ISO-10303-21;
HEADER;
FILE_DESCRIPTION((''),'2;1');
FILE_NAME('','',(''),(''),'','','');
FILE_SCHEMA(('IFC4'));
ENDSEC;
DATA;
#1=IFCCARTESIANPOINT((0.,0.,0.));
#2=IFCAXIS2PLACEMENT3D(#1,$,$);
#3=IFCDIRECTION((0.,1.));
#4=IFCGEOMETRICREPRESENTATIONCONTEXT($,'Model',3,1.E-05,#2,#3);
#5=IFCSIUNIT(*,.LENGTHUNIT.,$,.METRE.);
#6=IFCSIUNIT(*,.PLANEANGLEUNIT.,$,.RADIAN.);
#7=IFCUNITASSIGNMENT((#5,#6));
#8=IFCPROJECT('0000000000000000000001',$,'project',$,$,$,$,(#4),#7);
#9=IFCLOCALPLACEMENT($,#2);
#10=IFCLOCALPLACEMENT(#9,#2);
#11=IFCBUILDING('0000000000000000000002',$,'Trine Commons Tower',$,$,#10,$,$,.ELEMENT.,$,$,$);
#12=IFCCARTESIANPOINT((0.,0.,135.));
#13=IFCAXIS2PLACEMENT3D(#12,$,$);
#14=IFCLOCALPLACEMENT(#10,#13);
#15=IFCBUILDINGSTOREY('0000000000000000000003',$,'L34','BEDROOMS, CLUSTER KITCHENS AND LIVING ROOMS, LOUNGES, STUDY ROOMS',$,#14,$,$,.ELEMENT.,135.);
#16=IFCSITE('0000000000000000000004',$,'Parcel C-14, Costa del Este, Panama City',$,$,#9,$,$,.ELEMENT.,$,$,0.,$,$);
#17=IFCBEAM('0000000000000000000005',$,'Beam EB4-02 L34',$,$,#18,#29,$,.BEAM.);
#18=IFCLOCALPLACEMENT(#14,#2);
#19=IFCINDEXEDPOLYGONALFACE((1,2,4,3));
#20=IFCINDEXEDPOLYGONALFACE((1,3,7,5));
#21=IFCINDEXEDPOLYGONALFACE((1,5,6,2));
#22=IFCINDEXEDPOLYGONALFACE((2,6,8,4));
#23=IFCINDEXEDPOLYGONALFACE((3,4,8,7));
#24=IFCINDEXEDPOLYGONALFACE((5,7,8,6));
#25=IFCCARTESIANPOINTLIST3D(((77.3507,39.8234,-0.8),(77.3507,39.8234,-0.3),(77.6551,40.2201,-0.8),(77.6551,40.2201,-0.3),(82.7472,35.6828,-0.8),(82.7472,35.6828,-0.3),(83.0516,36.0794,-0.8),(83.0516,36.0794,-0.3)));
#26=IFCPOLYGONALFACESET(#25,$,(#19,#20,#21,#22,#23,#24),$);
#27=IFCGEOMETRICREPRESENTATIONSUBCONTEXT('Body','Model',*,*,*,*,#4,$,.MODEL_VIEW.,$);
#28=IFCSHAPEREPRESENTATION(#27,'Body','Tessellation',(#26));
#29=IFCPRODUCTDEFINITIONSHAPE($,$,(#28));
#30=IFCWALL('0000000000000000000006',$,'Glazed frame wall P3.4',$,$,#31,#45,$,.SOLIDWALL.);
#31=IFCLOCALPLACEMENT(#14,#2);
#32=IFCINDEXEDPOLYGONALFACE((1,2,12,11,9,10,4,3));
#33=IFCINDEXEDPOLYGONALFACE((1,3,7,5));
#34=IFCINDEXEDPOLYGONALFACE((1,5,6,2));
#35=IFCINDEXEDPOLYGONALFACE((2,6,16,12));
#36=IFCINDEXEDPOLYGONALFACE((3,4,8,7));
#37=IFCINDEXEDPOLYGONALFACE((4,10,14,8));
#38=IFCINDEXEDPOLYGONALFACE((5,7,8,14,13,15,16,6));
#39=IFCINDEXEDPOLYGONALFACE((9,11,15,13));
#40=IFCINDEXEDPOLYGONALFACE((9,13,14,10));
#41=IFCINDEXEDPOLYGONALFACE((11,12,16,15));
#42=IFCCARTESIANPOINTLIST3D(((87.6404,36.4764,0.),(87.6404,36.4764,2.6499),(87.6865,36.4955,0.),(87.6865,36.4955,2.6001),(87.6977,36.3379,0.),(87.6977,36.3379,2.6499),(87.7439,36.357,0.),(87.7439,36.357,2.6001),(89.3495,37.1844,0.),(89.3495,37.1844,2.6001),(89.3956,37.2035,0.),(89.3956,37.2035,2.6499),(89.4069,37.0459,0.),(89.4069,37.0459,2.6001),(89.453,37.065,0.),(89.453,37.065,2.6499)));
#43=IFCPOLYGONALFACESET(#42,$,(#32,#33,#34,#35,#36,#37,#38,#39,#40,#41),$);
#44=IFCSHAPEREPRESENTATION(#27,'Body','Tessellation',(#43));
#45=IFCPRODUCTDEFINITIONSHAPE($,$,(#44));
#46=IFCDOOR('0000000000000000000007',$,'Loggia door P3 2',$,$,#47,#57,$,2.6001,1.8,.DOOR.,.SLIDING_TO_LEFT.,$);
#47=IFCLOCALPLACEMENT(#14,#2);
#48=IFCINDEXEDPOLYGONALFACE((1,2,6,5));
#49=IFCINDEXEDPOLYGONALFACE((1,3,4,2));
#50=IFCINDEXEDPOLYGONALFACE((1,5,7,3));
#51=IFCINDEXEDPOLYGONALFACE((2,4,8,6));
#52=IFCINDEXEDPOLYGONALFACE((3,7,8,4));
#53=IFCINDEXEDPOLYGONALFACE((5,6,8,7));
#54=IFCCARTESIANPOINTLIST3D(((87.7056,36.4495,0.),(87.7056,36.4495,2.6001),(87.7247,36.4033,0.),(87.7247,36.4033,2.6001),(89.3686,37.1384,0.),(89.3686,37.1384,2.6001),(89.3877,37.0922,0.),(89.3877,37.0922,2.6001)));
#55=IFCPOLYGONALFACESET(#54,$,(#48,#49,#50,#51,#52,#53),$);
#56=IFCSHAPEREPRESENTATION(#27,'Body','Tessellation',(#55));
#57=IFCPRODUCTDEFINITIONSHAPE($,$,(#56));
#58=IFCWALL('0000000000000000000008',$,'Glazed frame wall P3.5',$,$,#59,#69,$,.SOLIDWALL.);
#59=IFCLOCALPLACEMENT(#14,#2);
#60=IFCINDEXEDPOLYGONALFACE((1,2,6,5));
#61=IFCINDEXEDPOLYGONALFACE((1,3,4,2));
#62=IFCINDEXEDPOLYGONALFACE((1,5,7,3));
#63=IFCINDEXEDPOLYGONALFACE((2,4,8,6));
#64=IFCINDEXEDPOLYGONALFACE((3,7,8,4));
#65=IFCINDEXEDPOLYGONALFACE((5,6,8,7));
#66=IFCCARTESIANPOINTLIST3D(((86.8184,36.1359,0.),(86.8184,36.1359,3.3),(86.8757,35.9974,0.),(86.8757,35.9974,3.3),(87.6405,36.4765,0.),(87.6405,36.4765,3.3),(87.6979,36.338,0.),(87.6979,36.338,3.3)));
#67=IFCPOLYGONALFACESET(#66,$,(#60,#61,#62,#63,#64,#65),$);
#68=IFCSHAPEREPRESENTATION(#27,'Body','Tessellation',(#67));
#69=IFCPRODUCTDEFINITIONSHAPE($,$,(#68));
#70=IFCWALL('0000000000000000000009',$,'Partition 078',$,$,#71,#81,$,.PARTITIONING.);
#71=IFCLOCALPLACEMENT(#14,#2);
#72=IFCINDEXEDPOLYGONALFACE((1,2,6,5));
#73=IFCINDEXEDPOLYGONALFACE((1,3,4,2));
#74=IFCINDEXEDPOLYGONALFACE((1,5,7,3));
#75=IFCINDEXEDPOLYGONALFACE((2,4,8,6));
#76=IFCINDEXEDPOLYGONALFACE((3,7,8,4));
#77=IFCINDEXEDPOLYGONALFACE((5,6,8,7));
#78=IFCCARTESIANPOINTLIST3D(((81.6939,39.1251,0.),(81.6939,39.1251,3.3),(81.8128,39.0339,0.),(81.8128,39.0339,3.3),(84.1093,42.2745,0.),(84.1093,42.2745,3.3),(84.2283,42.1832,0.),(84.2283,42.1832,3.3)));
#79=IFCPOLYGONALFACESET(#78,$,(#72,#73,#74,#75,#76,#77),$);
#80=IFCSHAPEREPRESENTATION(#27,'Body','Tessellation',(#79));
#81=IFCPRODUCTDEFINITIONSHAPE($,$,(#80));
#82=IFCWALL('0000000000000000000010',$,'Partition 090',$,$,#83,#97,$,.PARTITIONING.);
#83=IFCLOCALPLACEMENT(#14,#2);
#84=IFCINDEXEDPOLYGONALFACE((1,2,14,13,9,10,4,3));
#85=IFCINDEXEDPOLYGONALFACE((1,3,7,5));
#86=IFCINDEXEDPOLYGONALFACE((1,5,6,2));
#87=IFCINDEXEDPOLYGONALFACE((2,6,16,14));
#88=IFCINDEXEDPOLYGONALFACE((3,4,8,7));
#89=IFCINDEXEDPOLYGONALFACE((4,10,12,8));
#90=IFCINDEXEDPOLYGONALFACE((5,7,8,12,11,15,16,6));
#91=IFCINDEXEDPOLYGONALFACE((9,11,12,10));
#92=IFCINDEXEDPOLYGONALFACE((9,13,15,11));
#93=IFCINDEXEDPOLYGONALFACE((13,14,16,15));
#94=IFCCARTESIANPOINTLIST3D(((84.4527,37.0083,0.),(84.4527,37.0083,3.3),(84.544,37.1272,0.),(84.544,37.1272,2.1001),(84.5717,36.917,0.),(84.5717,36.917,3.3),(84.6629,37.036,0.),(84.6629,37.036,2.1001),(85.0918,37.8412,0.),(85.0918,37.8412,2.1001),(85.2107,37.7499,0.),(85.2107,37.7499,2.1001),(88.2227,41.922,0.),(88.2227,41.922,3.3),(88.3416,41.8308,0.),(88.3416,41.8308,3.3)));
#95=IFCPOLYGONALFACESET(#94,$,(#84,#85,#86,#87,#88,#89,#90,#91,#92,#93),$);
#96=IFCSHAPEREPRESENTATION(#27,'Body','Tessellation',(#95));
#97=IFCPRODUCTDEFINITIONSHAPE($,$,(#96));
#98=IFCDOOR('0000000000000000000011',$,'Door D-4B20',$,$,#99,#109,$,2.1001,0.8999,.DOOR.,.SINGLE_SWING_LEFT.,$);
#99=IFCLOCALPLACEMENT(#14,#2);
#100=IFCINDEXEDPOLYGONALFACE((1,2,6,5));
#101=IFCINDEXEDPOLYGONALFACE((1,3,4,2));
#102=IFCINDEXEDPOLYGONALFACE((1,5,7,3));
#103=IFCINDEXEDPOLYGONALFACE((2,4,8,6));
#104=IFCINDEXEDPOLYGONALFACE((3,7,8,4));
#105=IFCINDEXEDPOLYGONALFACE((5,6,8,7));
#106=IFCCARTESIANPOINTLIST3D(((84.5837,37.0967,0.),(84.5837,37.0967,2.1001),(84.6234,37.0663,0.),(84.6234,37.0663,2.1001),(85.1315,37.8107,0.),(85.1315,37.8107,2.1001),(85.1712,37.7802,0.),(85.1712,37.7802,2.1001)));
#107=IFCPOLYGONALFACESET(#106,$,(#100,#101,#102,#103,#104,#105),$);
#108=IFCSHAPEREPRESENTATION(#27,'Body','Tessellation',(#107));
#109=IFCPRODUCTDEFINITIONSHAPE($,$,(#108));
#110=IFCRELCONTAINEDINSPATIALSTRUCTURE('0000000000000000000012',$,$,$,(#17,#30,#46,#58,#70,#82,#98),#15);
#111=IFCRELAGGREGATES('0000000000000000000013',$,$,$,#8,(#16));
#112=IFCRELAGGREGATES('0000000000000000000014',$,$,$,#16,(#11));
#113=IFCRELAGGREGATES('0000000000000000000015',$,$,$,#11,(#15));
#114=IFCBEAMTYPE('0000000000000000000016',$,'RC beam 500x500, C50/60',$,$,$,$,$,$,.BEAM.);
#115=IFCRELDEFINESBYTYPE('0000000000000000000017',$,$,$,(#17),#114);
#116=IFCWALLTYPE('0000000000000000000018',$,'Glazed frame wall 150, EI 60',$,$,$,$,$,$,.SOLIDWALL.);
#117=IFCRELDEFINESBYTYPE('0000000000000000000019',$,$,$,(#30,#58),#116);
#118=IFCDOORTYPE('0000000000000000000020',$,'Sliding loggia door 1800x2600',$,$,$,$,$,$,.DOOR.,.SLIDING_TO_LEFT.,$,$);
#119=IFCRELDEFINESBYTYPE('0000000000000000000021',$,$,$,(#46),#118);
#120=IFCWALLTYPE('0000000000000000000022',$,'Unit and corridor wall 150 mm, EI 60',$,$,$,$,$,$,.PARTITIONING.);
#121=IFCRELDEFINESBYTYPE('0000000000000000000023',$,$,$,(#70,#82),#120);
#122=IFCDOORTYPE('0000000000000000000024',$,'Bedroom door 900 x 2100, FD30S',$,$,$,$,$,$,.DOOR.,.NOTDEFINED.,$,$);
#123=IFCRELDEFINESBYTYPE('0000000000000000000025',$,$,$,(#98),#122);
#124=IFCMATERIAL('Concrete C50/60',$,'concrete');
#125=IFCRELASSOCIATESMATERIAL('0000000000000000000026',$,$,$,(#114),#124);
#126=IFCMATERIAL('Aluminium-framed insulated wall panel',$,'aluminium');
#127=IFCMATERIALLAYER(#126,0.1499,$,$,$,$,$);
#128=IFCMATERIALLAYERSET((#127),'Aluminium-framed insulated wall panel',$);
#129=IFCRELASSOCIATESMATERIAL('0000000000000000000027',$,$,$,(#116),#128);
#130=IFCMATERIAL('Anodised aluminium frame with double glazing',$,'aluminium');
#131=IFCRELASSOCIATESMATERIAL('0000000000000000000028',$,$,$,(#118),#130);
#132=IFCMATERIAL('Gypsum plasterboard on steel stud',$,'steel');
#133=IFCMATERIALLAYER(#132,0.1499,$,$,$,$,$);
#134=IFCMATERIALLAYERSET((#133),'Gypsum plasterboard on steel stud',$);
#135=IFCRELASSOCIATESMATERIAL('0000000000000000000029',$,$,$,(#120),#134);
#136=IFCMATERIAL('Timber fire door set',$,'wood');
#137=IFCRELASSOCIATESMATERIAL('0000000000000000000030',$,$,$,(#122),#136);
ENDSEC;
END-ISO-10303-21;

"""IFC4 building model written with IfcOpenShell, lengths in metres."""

from ifc_helpers import new_model, si_unit, direction, frame, frame_2d, origin, origin_2d, place, context, subcontext, project, spatial, polyline, rectangle, outline, extrude, material, layer, layer_set, material_profile, profile_set, type_object, element, fill, save


model = new_model("IFC4")

# Units and contexts
model_context = context("Model", 3, precision=1e-05, world=origin(), true_north=direction((0.0, 1.0)))
body_context = subcontext(model_context, "Body", "Model", "MODEL_VIEW")
ifc_project = project(units=[si_unit("LENGTHUNIT", "METRE"), si_unit("PLANEANGLEUNIT", "RADIAN")], contexts=[model_context])

# Site, building, storey
site_placement = place(None, origin())
site = spatial("IfcSite", under=ifc_project, at=site_placement, Name="Parcel C-14, Costa del Este, Panama City", CompositionType="ELEMENT", RefElevation=0.0)
building_placement = place(site_placement, origin())
building = spatial("IfcBuilding", under=site, at=building_placement, Name="Trine Commons Tower", CompositionType="ELEMENT")
storey_placement = place(building_placement, frame((0.0, 0.0, 135.0)))
storey = spatial("IfcBuildingStorey", under=building, at=storey_placement, Name="L34", Description="BEDROOMS, CLUSTER KITCHENS AND LIVING ROOMS, LOUNGES, STUDY ROOMS", CompositionType="ELEMENT", Elevation=135.0)

# Beam
ifc_material_1 = material(Name="Concrete C50/60", Category="concrete")
ifc_material_profile = material_profile(ifc_material_1, rectangle(XDim=0.5, YDim=0.5, at=origin_2d()), Name="RC 500x500")
ifc_profile_set = profile_set([ifc_material_profile], Name="Concrete C50/60")
beam_type = type_object("IfcBeamType", Name="RC beam 500x500, C50/60", PredefinedType="BEAM", material=ifc_profile_set)
beam_placement = place(storey_placement, frame((82.8994, 35.8811, -0.55), z_axis=(-0.793371, 0.608739, 0.0), x_axis=(-0.608739, -0.793371, 0.0)))
element("IfcBeam", 1, at=beam_placement, inside=storey, type_object=beam_type, Name="Beam EB4-02 L34", PredefinedType="BEAM", context=body_context, shape_type="SweptSolid", body=[
    extrude(rectangle(XDim=0.5, YDim=0.5, at=origin_2d()), origin(), (0.0, 0.0, 1.0), 6.802),
])

# Wall, opening, door
ifc_material_2 = material(Name="Aluminium-framed insulated wall panel", Category="aluminium")
ifc_layer_1 = layer(ifc_material_2, 0.1499)
ifc_layer_set_1 = layer_set([ifc_layer_1], Name="Aluminium-framed insulated wall panel")
wall_type_1 = type_object("IfcWallType", Name="Glazed frame wall 150, EI 60", PredefinedType="SOLIDWALL", material=ifc_layer_set_1)
wall_1_placement = place(storey_placement, frame((89.4243, 37.1343, 0.0), z_axis=(0.0, 0.0, 1.0), x_axis=(-0.92387, -0.382707, 0.0)))
wall_1 = element("IfcWall", 2, at=wall_1_placement, inside=storey, type_object=wall_type_1, Name="Glazed frame wall P3.4", PredefinedType="SOLIDWALL", context=body_context, shape_type="SweptSolid", body=[
    extrude(outline(polyline([(0.0, -0.075), (1.8999, -0.075), (1.8999, 0.075), (0.0, 0.075), (0.0, -0.075)])), origin(), (0.0, 0.0, 1.0), 2.6499),
])
opening_1_placement = place(wall_1_placement, frame((0.05, 0.0, 0.0)))
opening_1 = element("IfcOpeningElement", 3, at=opening_1_placement, cuts=wall_1, PredefinedType="OPENING", context=body_context, shape_type="SweptSolid", body=[
    extrude(rectangle(XDim=1.8, YDim=2.6001, at=frame_2d((0.8999, 1.3))), frame((0.0, 0.085, 0.0), z_axis=(0.0, -1.0, 0.0), x_axis=(1.0, 0.0, 0.0)), (0.0, 0.0, 1.0), 0.1699),
])
ifc_material_3 = material(Name="Anodised aluminium frame with double glazing", Category="aluminium")
door_type_1 = type_object("IfcDoorType", Name="Sliding loggia door 1800x2600", OperationType="SLIDING_TO_LEFT", PredefinedType="DOOR", material=ifc_material_3)
door_1_placement = place(opening_1_placement, origin())
door_1 = element("IfcDoor", 4, at=door_1_placement, inside=storey, type_object=door_type_1, Name="Loggia door P3 2", OperationType="SLIDING_TO_LEFT", OverallHeight=2.6001, OverallWidth=1.8, PredefinedType="DOOR", context=body_context, shape_type="SweptSolid", body=[
    extrude(rectangle(XDim=1.8, YDim=2.6001, at=frame_2d((0.8999, 1.3))), frame((0.0, 0.0249, 0.0), z_axis=(0.0, -1.0, 0.0), x_axis=(1.0, 0.0, 0.0)), (0.0, 0.0, 1.0), 0.05),
])
fill(opening_1, door_1)

# Walls
wall_2_placement = place(storey_placement, frame((87.6692, 36.4072, 0.0), z_axis=(0.0, 0.0, 1.0), x_axis=(-0.923862, -0.382725, 0.0)))
element("IfcWall", 5, at=wall_2_placement, inside=storey, type_object=wall_type_1, Name="Glazed frame wall P3.5", PredefinedType="SOLIDWALL", context=body_context, shape_type="SweptSolid", body=[
    extrude(outline(polyline([(0.8899, 0.075), (0.0, 0.075), (0.0, -0.075), (0.8899, -0.075), (0.8899, 0.075)])), origin(), (0.0, 0.0, 1.0), 3.3),
])
ifc_material_4 = material(Name="Gypsum plasterboard on steel stud", Category="steel")
ifc_layer_2 = layer(ifc_material_4, 0.1499)
ifc_layer_set_2 = layer_set([ifc_layer_2], Name="Gypsum plasterboard on steel stud")
wall_type_2 = type_object("IfcWallType", Name="Unit and corridor wall 150 mm, EI 60", PredefinedType="PARTITIONING", material=ifc_layer_set_2)
wall_3_placement = place(storey_placement, frame((81.7534, 39.0796, 0.0), z_axis=(0.0, 0.0, 1.0), x_axis=(0.608586, 0.793488, 0.0)))
element("IfcWall", 6, at=wall_3_placement, inside=storey, type_object=wall_type_2, Name="Partition 078", PredefinedType="PARTITIONING", context=body_context, shape_type="SweptSolid", body=[
    extrude(rectangle(XDim=3.969, YDim=0.1499, at=frame_2d((1.9844, 0.0))), origin(), (0.0, 0.0, 1.0), 3.3),
])

# Wall, opening, door
wall_4_placement = place(storey_placement, frame((84.5122, 36.9626, 0.0), z_axis=(0.0, 0.0, 1.0), x_axis=(0.608712, 0.793391, 0.0)))
wall_4 = element("IfcWall", 7, at=wall_4_placement, inside=storey, type_object=wall_type_2, Name="Partition 090", PredefinedType="PARTITIONING", context=body_context, shape_type="SweptSolid", body=[
    extrude(rectangle(XDim=6.1934, YDim=0.1499, at=frame_2d((3.0967, 0.0))), origin(), (0.0, 0.0, 1.0), 3.3),
])
opening_2_placement = place(wall_4_placement, frame((0.1499, 0.0, 0.0)))
opening_2 = element("IfcOpeningElement", 8, at=opening_2_placement, cuts=wall_4, PredefinedType="OPENING", context=body_context, shape_type="SweptSolid", body=[
    extrude(rectangle(XDim=0.8999, YDim=2.1001, at=frame_2d((0.45, 1.05))), frame((0.0, 0.085, 0.0), z_axis=(0.0, -1.0, 0.0), x_axis=(1.0, 0.0, 0.0)), (0.0, 0.0, 1.0), 0.1699),
])
ifc_material_5 = material(Name="Timber fire door set", Category="wood")
door_type_2 = type_object("IfcDoorType", Name="Bedroom door 900 x 2100, FD30S", OperationType="NOTDEFINED", PredefinedType="DOOR", material=ifc_material_5)
door_2_placement = place(opening_2_placement, origin())
door_2 = element("IfcDoor", 9, at=door_2_placement, inside=storey, type_object=door_type_2, Name="Door D-4B20", OperationType="SINGLE_SWING_LEFT", OverallHeight=2.1001, OverallWidth=0.8999, PredefinedType="DOOR", context=body_context, shape_type="SweptSolid", body=[
    extrude(rectangle(XDim=0.8999, YDim=2.1001, at=frame_2d((0.45, 1.05))), frame((0.0, 0.0249, 0.0), z_axis=(0.0, -1.0, 0.0), x_axis=(1.0, 0.0, 0.0)), (0.0, 0.0, 1.0), 0.05),
])
fill(opening_2, door_2)

save(model, "model.ifc")
